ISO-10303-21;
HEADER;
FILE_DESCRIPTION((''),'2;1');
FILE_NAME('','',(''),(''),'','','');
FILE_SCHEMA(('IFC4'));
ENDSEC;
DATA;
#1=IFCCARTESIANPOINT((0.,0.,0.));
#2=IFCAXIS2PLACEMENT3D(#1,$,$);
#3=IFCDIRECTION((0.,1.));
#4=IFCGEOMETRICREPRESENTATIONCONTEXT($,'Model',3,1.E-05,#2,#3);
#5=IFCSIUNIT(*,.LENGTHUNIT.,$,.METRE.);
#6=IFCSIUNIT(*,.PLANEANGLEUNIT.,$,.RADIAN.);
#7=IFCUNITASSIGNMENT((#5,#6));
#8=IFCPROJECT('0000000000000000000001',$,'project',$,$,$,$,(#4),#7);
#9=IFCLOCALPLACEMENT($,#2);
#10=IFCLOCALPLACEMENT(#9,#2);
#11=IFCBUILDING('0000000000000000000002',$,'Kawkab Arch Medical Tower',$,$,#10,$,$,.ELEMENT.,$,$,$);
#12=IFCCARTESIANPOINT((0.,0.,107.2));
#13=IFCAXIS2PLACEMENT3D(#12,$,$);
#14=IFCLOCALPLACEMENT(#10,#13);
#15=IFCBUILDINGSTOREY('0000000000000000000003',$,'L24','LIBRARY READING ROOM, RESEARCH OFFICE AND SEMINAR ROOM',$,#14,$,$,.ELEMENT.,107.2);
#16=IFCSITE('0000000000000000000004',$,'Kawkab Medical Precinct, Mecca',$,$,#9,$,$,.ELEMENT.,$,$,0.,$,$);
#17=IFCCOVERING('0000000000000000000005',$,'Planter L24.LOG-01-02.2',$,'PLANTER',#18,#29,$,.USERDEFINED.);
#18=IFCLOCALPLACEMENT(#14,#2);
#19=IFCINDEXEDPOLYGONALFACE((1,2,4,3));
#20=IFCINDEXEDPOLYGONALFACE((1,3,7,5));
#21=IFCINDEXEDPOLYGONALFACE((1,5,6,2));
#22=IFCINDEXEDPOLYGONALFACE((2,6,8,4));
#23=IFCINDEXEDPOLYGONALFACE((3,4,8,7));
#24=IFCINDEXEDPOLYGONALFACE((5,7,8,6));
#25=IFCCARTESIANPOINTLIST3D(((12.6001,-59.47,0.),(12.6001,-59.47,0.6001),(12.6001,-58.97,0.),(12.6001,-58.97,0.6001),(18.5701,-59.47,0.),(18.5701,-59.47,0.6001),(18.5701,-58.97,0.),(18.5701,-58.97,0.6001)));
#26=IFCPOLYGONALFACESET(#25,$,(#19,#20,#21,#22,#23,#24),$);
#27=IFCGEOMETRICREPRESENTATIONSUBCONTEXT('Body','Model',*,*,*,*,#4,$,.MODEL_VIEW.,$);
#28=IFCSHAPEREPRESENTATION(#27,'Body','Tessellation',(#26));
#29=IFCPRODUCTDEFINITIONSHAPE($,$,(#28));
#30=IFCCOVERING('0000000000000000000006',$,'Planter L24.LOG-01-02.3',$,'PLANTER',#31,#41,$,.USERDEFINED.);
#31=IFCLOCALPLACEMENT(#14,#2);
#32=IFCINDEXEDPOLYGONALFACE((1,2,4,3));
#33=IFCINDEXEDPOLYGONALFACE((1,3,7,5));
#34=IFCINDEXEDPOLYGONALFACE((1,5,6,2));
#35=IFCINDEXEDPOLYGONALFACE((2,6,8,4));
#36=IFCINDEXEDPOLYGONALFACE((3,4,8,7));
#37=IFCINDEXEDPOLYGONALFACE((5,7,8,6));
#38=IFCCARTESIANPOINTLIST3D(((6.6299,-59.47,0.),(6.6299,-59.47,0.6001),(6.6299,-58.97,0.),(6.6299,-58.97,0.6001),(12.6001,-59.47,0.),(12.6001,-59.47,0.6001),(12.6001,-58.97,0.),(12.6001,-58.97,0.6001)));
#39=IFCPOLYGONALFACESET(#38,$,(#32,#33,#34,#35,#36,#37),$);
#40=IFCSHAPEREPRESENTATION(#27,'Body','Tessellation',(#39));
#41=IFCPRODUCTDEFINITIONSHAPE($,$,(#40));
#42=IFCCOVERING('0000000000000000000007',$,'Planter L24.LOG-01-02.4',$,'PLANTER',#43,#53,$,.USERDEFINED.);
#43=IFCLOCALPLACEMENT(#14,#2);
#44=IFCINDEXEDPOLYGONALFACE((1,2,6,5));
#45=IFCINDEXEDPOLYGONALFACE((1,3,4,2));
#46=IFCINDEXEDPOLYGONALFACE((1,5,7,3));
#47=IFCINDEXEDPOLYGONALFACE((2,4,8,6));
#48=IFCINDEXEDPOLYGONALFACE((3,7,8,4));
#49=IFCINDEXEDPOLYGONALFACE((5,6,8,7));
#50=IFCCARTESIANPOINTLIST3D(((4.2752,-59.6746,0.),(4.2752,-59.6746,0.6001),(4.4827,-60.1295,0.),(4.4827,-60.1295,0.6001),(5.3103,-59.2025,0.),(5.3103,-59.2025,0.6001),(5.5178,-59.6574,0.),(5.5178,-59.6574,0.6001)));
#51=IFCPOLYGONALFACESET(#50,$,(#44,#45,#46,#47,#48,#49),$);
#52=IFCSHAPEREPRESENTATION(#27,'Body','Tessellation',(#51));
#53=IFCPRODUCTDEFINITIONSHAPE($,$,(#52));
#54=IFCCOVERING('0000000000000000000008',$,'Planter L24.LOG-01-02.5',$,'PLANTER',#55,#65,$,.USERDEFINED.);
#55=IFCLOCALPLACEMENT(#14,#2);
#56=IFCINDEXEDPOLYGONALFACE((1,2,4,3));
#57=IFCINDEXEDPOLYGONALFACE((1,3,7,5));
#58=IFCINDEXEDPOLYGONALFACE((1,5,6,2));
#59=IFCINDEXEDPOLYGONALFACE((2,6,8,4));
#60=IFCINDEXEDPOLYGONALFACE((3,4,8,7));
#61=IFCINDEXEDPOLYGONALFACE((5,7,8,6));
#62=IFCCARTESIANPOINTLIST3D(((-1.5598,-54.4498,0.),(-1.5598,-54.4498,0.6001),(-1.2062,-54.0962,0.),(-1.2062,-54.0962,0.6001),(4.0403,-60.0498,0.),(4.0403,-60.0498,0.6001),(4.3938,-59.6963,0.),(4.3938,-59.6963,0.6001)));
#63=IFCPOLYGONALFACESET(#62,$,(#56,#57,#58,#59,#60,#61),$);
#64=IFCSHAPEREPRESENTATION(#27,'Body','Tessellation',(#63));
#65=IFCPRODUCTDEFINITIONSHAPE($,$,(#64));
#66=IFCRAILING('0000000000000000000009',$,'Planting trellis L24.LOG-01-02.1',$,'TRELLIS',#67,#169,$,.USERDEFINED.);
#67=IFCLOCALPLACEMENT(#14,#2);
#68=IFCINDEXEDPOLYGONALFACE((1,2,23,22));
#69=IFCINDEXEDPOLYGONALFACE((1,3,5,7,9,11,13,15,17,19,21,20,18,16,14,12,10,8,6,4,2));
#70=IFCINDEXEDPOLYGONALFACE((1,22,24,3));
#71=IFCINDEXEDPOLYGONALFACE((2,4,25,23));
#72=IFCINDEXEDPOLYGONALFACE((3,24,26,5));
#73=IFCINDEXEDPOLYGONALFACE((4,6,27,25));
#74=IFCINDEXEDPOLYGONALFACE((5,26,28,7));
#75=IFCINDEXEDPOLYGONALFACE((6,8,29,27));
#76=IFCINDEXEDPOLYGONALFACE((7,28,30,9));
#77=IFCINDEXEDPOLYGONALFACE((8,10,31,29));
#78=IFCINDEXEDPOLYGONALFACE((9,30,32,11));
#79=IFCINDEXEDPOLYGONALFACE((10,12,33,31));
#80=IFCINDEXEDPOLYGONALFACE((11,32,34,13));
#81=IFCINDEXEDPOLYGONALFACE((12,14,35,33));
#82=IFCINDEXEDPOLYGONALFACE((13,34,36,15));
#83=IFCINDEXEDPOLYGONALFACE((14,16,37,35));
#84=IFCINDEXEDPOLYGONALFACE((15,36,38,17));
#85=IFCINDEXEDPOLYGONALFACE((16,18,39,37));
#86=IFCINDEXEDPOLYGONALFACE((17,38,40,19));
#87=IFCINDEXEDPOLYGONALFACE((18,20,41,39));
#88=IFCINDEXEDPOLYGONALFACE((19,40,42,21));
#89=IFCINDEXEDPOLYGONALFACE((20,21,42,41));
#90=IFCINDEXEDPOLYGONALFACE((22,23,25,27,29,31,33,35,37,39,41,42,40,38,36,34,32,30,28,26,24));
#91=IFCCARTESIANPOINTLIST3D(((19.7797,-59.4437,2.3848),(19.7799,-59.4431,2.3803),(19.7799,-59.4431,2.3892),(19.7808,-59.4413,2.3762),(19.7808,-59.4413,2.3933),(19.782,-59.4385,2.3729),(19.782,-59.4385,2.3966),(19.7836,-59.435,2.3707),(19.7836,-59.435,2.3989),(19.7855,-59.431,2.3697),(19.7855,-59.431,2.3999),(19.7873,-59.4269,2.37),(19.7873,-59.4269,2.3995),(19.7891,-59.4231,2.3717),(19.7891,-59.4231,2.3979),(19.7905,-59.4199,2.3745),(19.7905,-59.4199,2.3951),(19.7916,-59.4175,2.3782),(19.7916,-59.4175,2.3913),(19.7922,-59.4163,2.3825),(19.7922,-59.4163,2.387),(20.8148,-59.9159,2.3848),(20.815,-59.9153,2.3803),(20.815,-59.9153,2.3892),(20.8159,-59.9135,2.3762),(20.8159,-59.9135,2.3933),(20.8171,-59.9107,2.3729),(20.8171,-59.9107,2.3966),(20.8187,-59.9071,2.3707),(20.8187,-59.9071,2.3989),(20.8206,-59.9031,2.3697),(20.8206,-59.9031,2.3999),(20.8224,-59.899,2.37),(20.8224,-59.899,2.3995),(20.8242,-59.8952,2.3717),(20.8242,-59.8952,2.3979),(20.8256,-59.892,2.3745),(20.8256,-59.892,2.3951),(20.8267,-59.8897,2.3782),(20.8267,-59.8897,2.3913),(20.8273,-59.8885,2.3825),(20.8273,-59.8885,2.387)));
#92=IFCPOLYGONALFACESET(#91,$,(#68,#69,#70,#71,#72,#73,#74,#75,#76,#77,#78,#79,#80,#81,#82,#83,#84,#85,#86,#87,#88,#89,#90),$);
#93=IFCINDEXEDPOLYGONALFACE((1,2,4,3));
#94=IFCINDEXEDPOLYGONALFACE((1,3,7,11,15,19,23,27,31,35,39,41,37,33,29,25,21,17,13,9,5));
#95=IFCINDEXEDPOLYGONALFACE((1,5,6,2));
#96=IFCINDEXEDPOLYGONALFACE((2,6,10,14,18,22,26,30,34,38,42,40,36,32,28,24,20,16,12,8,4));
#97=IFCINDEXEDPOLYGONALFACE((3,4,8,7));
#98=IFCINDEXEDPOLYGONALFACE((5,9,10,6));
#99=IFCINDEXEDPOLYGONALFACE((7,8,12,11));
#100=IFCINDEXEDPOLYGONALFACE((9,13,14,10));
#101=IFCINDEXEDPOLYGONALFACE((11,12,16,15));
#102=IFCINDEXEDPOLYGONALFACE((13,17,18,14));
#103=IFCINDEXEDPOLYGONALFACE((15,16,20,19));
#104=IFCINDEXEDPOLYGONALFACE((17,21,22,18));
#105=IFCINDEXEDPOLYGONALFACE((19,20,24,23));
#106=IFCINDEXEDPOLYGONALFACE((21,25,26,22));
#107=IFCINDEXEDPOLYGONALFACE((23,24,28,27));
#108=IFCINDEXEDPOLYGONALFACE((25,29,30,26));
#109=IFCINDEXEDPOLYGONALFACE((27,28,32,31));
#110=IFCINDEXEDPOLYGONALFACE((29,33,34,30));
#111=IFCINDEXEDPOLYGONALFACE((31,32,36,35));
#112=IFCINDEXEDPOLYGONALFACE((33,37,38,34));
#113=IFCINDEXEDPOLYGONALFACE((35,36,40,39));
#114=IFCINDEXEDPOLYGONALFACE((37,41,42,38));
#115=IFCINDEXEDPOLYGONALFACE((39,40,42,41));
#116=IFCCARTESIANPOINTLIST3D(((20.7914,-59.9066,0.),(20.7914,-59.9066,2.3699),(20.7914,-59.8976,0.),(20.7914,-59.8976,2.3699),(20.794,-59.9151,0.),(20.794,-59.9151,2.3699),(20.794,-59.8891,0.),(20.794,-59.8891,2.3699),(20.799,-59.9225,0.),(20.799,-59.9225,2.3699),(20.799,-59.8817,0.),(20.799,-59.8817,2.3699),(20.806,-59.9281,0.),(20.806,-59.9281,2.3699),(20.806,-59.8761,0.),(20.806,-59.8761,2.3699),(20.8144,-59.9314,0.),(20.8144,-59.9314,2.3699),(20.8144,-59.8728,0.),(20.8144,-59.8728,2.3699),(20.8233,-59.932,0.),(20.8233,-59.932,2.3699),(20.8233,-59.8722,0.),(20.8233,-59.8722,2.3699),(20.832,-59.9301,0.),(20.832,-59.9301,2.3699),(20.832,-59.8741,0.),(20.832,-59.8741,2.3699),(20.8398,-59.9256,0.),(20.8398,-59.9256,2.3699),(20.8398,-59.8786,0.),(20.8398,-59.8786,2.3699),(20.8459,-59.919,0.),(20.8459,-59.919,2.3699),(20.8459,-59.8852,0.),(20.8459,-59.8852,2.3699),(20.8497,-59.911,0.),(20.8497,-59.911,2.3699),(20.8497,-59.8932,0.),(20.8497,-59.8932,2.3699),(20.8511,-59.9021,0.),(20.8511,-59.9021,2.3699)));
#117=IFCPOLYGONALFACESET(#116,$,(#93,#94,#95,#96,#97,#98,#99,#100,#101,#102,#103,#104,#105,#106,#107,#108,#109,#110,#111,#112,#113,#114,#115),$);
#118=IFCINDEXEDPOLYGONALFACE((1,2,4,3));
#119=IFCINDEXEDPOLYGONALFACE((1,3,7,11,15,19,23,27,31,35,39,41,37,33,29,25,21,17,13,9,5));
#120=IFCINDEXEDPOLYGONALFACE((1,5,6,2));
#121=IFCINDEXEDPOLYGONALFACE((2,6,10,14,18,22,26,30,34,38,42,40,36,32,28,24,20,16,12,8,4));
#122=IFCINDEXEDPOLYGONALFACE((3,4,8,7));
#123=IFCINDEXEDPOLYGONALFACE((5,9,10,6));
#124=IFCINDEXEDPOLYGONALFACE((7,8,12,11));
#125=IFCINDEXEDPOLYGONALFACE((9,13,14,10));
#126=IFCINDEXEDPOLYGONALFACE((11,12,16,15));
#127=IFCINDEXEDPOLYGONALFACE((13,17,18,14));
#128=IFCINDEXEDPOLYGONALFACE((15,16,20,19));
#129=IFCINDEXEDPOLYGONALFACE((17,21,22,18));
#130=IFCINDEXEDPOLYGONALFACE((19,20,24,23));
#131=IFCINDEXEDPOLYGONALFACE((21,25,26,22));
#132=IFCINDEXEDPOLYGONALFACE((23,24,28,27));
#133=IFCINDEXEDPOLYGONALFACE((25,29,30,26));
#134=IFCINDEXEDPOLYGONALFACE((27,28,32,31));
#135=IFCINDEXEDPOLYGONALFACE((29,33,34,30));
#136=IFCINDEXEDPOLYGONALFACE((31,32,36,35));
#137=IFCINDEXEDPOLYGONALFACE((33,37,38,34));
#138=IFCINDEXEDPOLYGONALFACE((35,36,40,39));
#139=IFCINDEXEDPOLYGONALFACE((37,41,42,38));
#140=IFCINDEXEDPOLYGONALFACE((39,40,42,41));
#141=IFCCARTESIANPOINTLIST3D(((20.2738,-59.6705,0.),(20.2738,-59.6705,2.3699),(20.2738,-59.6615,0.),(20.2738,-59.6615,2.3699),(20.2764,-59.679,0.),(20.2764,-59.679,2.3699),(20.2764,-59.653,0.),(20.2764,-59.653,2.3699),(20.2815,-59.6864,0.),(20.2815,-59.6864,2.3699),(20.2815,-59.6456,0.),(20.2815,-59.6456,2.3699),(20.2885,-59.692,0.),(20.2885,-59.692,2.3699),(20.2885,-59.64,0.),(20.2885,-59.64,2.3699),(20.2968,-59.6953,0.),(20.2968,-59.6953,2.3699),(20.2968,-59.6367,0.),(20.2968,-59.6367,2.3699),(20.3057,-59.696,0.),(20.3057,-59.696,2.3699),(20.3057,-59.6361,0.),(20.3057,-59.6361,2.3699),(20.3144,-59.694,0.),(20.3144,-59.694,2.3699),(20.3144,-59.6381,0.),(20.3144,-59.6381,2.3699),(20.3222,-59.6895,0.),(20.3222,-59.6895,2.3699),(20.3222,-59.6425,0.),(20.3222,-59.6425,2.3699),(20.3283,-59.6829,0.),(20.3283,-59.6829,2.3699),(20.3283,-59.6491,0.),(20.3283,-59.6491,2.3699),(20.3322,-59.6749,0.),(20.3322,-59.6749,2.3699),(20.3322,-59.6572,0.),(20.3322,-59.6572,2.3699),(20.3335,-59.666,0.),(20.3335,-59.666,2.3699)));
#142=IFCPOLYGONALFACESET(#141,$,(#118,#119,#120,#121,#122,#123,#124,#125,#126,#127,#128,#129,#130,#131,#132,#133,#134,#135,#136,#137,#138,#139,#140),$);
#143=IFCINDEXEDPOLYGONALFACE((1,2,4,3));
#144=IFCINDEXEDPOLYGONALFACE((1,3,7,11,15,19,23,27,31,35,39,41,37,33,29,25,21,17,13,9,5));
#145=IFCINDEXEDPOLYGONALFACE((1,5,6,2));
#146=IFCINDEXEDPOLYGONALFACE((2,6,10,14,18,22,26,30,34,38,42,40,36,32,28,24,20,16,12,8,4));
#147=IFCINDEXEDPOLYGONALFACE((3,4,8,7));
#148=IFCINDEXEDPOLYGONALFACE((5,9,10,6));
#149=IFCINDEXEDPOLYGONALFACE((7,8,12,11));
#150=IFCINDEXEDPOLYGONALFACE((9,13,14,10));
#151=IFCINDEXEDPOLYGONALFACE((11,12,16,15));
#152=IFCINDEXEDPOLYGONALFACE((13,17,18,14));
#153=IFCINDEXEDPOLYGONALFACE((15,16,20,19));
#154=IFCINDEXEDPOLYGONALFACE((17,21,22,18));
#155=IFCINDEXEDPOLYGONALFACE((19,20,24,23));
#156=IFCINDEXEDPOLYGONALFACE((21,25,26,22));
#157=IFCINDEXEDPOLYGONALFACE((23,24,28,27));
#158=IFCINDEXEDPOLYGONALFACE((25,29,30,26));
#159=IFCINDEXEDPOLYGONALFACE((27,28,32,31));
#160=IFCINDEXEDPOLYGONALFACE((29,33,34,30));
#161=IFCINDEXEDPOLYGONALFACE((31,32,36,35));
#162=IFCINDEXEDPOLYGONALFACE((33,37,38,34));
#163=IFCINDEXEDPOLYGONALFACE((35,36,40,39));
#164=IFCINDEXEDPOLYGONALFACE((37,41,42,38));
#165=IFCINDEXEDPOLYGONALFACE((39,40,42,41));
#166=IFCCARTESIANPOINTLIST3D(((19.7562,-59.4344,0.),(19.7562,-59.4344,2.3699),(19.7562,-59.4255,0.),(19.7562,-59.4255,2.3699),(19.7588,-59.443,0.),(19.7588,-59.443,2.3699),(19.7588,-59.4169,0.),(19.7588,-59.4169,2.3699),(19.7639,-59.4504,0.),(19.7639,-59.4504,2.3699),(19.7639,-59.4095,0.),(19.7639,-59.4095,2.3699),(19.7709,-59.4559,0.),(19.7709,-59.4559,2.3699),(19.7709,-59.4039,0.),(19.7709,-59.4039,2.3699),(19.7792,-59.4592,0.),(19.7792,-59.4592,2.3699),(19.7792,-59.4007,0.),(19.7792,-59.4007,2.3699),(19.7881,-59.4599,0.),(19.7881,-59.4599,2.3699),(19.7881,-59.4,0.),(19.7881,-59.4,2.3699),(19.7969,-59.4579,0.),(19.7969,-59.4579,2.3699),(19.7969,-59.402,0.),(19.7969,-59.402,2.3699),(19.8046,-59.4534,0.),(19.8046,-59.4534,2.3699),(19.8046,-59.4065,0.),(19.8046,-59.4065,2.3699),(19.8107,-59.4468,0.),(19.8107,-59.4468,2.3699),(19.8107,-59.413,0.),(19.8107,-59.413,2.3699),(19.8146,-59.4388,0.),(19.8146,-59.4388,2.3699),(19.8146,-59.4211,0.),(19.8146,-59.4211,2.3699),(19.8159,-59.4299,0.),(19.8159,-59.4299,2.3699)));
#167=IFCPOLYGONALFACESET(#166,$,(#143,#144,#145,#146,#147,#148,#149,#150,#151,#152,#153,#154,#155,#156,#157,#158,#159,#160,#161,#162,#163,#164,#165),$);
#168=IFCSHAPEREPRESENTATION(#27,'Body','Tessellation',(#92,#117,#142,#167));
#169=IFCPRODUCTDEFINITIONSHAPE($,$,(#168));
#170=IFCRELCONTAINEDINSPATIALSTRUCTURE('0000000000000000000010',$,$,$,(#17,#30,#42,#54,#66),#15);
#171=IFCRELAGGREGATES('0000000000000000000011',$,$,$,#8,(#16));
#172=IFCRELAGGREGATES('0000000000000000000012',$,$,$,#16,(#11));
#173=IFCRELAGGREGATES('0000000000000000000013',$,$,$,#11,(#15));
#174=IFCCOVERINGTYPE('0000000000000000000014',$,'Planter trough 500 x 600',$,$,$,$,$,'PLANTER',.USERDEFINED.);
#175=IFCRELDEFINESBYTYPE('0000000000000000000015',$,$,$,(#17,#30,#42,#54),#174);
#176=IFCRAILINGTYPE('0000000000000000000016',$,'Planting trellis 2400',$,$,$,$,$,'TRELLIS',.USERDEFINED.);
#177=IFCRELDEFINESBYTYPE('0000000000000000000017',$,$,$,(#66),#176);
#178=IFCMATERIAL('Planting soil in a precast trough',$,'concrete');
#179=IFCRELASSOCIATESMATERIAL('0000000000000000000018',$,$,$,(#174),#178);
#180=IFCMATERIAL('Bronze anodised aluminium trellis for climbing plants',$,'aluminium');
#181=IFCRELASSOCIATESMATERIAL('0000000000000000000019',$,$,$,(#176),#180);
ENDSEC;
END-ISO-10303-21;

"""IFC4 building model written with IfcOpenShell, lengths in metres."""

from ifc_helpers import new_model, si_unit, direction, frame, origin, origin_2d, place, context, subcontext, project, spatial, rectangle, circle, extrude, material, material_profile, profile_set, type_object, element, save


model = new_model("IFC4")

# Units and contexts
model_context = context("Model", 3, precision=1e-05, world=origin(), true_north=direction((0.0, 1.0)))
body_context = subcontext(model_context, "Body", "Model", "MODEL_VIEW")
ifc_project = project(units=[si_unit("LENGTHUNIT", "METRE"), si_unit("PLANEANGLEUNIT", "RADIAN")], contexts=[model_context])

# Site, building, storey
site_placement = place(None, origin())
site = spatial("IfcSite", under=ifc_project, at=site_placement, Name="Kawkab Medical Precinct, Mecca", CompositionType="ELEMENT", RefElevation=0.0)
building_placement = place(site_placement, origin())
building = spatial("IfcBuilding", under=site, at=building_placement, Name="Kawkab Arch Medical Tower", CompositionType="ELEMENT")
storey_placement = place(building_placement, frame((0.0, 0.0, 107.2)))
storey = spatial("IfcBuildingStorey", under=building, at=storey_placement, Name="L24", Description="LIBRARY READING ROOM, RESEARCH OFFICE AND SEMINAR ROOM", CompositionType="ELEMENT", Elevation=107.2)

# Coverings
ifc_material_1 = material(Name="Planting soil in a precast trough", Category="concrete")
ifc_material_profile_1 = material_profile(ifc_material_1, rectangle(XDim=0.5, YDim=0.6001, at=origin_2d()), Name="Trough 500x600")
ifc_profile_set_1 = profile_set([ifc_material_profile_1], Name="Planting soil in a precast trough")
covering_type_1 = type_object("IfcCoveringType", Name="Planter trough 500 x 600", ElementType="PLANTER", PredefinedType="USERDEFINED", material=ifc_profile_set_1)
covering_1_placement = place(storey_placement, frame((18.5701, -59.22, 0.3), z_axis=(-1.0, 0.0, 0.0), x_axis=(0.0, -1.0, 0.0)))
element("IfcCovering", 1, at=covering_1_placement, inside=storey, type_object=covering_type_1, Name="Planter L24.LOG-01-02.2", ObjectType="PLANTER", PredefinedType="USERDEFINED", context=body_context, shape_type="SweptSolid", body=[
    extrude(rectangle(XDim=0.5, YDim=0.6001, at=origin_2d()), origin(), (0.0, 0.0, 1.0), 5.97),
])
covering_2_placement = place(storey_placement, frame((12.6001, -59.22, 0.3), z_axis=(-1.0, 0.0, 0.0), x_axis=(0.0, -1.0, 0.0)))
element("IfcCovering", 2, at=covering_2_placement, inside=storey, type_object=covering_type_1, Name="Planter L24.LOG-01-02.3", ObjectType="PLANTER", PredefinedType="USERDEFINED", context=body_context, shape_type="SweptSolid", body=[
    extrude(rectangle(XDim=0.5, YDim=0.6001, at=origin_2d()), origin(), (0.0, 0.0, 1.0), 5.9702),
])
covering_3_placement = place(storey_placement, frame((5.4141, -59.4299, 0.3), z_axis=(-0.909822, -0.414999, 0.0), x_axis=(0.414999, -0.909822, 0.0)))
element("IfcCovering", 3, at=covering_3_placement, inside=storey, type_object=covering_type_1, Name="Planter L24.LOG-01-02.4", ObjectType="PLANTER", PredefinedType="USERDEFINED", context=body_context, shape_type="SweptSolid", body=[
    extrude(rectangle(XDim=0.5, YDim=0.6001, at=origin_2d()), origin(), (0.0, 0.0, 1.0), 1.1377),
])
covering_4_placement = place(storey_placement, frame((4.217, -59.873, 0.3), z_axis=(-0.707107, 0.707107, 0.0), x_axis=(-0.707107, -0.707107, 0.0)))
element("IfcCovering", 4, at=covering_4_placement, inside=storey, type_object=covering_type_1, Name="Planter L24.LOG-01-02.5", ObjectType="PLANTER", PredefinedType="USERDEFINED", context=body_context, shape_type="SweptSolid", body=[
    extrude(rectangle(XDim=0.5, YDim=0.6001, at=origin_2d()), origin(), (0.0, 0.0, 1.0), 7.9197),
])

# Railing
ifc_material_2 = material(Name="Bronze anodised aluminium trellis for climbing plants", Category="aluminium")
railing_type_1 = type_object("IfcRailingType", Name="Planting trellis 2400", ElementType="TRELLIS", PredefinedType="USERDEFINED", material=ifc_material_2)
railing_1_placement = place(storey_placement, frame((20.821, -59.9021, 0.0)))
element("IfcRailing", 5, at=railing_1_placement, inside=storey, type_object=railing_type_1, Name="Planting trellis L24.LOG-01-02.1", ObjectType="TRELLIS", PredefinedType="USERDEFINED", context=body_context, shape_type="SweptSolid", body=[
    extrude(circle(Radius=0.0151, at=origin_2d()), frame((0.0, 0.0, 2.3848), z_axis=(-0.909822, 0.414999, 0.0), x_axis=(-0.414999, -0.909822, 0.0)), (0.0, 0.0, 1.0), 1.1377),
    extrude(circle(Radius=0.03, at=origin_2d()), origin(), (0.0, 0.0, 1.0), 2.3699),
    extrude(circle(Radius=0.03, at=origin_2d()), frame((-0.5176, 0.2361, 0.0)), (0.0, 0.0, 1.0), 2.3699),
    extrude(circle(Radius=0.03, at=origin_2d()), frame((-1.0352, 0.4722, 0.0)), (0.0, 0.0, 1.0), 2.3699),
])

save(model, "model.ifc")
